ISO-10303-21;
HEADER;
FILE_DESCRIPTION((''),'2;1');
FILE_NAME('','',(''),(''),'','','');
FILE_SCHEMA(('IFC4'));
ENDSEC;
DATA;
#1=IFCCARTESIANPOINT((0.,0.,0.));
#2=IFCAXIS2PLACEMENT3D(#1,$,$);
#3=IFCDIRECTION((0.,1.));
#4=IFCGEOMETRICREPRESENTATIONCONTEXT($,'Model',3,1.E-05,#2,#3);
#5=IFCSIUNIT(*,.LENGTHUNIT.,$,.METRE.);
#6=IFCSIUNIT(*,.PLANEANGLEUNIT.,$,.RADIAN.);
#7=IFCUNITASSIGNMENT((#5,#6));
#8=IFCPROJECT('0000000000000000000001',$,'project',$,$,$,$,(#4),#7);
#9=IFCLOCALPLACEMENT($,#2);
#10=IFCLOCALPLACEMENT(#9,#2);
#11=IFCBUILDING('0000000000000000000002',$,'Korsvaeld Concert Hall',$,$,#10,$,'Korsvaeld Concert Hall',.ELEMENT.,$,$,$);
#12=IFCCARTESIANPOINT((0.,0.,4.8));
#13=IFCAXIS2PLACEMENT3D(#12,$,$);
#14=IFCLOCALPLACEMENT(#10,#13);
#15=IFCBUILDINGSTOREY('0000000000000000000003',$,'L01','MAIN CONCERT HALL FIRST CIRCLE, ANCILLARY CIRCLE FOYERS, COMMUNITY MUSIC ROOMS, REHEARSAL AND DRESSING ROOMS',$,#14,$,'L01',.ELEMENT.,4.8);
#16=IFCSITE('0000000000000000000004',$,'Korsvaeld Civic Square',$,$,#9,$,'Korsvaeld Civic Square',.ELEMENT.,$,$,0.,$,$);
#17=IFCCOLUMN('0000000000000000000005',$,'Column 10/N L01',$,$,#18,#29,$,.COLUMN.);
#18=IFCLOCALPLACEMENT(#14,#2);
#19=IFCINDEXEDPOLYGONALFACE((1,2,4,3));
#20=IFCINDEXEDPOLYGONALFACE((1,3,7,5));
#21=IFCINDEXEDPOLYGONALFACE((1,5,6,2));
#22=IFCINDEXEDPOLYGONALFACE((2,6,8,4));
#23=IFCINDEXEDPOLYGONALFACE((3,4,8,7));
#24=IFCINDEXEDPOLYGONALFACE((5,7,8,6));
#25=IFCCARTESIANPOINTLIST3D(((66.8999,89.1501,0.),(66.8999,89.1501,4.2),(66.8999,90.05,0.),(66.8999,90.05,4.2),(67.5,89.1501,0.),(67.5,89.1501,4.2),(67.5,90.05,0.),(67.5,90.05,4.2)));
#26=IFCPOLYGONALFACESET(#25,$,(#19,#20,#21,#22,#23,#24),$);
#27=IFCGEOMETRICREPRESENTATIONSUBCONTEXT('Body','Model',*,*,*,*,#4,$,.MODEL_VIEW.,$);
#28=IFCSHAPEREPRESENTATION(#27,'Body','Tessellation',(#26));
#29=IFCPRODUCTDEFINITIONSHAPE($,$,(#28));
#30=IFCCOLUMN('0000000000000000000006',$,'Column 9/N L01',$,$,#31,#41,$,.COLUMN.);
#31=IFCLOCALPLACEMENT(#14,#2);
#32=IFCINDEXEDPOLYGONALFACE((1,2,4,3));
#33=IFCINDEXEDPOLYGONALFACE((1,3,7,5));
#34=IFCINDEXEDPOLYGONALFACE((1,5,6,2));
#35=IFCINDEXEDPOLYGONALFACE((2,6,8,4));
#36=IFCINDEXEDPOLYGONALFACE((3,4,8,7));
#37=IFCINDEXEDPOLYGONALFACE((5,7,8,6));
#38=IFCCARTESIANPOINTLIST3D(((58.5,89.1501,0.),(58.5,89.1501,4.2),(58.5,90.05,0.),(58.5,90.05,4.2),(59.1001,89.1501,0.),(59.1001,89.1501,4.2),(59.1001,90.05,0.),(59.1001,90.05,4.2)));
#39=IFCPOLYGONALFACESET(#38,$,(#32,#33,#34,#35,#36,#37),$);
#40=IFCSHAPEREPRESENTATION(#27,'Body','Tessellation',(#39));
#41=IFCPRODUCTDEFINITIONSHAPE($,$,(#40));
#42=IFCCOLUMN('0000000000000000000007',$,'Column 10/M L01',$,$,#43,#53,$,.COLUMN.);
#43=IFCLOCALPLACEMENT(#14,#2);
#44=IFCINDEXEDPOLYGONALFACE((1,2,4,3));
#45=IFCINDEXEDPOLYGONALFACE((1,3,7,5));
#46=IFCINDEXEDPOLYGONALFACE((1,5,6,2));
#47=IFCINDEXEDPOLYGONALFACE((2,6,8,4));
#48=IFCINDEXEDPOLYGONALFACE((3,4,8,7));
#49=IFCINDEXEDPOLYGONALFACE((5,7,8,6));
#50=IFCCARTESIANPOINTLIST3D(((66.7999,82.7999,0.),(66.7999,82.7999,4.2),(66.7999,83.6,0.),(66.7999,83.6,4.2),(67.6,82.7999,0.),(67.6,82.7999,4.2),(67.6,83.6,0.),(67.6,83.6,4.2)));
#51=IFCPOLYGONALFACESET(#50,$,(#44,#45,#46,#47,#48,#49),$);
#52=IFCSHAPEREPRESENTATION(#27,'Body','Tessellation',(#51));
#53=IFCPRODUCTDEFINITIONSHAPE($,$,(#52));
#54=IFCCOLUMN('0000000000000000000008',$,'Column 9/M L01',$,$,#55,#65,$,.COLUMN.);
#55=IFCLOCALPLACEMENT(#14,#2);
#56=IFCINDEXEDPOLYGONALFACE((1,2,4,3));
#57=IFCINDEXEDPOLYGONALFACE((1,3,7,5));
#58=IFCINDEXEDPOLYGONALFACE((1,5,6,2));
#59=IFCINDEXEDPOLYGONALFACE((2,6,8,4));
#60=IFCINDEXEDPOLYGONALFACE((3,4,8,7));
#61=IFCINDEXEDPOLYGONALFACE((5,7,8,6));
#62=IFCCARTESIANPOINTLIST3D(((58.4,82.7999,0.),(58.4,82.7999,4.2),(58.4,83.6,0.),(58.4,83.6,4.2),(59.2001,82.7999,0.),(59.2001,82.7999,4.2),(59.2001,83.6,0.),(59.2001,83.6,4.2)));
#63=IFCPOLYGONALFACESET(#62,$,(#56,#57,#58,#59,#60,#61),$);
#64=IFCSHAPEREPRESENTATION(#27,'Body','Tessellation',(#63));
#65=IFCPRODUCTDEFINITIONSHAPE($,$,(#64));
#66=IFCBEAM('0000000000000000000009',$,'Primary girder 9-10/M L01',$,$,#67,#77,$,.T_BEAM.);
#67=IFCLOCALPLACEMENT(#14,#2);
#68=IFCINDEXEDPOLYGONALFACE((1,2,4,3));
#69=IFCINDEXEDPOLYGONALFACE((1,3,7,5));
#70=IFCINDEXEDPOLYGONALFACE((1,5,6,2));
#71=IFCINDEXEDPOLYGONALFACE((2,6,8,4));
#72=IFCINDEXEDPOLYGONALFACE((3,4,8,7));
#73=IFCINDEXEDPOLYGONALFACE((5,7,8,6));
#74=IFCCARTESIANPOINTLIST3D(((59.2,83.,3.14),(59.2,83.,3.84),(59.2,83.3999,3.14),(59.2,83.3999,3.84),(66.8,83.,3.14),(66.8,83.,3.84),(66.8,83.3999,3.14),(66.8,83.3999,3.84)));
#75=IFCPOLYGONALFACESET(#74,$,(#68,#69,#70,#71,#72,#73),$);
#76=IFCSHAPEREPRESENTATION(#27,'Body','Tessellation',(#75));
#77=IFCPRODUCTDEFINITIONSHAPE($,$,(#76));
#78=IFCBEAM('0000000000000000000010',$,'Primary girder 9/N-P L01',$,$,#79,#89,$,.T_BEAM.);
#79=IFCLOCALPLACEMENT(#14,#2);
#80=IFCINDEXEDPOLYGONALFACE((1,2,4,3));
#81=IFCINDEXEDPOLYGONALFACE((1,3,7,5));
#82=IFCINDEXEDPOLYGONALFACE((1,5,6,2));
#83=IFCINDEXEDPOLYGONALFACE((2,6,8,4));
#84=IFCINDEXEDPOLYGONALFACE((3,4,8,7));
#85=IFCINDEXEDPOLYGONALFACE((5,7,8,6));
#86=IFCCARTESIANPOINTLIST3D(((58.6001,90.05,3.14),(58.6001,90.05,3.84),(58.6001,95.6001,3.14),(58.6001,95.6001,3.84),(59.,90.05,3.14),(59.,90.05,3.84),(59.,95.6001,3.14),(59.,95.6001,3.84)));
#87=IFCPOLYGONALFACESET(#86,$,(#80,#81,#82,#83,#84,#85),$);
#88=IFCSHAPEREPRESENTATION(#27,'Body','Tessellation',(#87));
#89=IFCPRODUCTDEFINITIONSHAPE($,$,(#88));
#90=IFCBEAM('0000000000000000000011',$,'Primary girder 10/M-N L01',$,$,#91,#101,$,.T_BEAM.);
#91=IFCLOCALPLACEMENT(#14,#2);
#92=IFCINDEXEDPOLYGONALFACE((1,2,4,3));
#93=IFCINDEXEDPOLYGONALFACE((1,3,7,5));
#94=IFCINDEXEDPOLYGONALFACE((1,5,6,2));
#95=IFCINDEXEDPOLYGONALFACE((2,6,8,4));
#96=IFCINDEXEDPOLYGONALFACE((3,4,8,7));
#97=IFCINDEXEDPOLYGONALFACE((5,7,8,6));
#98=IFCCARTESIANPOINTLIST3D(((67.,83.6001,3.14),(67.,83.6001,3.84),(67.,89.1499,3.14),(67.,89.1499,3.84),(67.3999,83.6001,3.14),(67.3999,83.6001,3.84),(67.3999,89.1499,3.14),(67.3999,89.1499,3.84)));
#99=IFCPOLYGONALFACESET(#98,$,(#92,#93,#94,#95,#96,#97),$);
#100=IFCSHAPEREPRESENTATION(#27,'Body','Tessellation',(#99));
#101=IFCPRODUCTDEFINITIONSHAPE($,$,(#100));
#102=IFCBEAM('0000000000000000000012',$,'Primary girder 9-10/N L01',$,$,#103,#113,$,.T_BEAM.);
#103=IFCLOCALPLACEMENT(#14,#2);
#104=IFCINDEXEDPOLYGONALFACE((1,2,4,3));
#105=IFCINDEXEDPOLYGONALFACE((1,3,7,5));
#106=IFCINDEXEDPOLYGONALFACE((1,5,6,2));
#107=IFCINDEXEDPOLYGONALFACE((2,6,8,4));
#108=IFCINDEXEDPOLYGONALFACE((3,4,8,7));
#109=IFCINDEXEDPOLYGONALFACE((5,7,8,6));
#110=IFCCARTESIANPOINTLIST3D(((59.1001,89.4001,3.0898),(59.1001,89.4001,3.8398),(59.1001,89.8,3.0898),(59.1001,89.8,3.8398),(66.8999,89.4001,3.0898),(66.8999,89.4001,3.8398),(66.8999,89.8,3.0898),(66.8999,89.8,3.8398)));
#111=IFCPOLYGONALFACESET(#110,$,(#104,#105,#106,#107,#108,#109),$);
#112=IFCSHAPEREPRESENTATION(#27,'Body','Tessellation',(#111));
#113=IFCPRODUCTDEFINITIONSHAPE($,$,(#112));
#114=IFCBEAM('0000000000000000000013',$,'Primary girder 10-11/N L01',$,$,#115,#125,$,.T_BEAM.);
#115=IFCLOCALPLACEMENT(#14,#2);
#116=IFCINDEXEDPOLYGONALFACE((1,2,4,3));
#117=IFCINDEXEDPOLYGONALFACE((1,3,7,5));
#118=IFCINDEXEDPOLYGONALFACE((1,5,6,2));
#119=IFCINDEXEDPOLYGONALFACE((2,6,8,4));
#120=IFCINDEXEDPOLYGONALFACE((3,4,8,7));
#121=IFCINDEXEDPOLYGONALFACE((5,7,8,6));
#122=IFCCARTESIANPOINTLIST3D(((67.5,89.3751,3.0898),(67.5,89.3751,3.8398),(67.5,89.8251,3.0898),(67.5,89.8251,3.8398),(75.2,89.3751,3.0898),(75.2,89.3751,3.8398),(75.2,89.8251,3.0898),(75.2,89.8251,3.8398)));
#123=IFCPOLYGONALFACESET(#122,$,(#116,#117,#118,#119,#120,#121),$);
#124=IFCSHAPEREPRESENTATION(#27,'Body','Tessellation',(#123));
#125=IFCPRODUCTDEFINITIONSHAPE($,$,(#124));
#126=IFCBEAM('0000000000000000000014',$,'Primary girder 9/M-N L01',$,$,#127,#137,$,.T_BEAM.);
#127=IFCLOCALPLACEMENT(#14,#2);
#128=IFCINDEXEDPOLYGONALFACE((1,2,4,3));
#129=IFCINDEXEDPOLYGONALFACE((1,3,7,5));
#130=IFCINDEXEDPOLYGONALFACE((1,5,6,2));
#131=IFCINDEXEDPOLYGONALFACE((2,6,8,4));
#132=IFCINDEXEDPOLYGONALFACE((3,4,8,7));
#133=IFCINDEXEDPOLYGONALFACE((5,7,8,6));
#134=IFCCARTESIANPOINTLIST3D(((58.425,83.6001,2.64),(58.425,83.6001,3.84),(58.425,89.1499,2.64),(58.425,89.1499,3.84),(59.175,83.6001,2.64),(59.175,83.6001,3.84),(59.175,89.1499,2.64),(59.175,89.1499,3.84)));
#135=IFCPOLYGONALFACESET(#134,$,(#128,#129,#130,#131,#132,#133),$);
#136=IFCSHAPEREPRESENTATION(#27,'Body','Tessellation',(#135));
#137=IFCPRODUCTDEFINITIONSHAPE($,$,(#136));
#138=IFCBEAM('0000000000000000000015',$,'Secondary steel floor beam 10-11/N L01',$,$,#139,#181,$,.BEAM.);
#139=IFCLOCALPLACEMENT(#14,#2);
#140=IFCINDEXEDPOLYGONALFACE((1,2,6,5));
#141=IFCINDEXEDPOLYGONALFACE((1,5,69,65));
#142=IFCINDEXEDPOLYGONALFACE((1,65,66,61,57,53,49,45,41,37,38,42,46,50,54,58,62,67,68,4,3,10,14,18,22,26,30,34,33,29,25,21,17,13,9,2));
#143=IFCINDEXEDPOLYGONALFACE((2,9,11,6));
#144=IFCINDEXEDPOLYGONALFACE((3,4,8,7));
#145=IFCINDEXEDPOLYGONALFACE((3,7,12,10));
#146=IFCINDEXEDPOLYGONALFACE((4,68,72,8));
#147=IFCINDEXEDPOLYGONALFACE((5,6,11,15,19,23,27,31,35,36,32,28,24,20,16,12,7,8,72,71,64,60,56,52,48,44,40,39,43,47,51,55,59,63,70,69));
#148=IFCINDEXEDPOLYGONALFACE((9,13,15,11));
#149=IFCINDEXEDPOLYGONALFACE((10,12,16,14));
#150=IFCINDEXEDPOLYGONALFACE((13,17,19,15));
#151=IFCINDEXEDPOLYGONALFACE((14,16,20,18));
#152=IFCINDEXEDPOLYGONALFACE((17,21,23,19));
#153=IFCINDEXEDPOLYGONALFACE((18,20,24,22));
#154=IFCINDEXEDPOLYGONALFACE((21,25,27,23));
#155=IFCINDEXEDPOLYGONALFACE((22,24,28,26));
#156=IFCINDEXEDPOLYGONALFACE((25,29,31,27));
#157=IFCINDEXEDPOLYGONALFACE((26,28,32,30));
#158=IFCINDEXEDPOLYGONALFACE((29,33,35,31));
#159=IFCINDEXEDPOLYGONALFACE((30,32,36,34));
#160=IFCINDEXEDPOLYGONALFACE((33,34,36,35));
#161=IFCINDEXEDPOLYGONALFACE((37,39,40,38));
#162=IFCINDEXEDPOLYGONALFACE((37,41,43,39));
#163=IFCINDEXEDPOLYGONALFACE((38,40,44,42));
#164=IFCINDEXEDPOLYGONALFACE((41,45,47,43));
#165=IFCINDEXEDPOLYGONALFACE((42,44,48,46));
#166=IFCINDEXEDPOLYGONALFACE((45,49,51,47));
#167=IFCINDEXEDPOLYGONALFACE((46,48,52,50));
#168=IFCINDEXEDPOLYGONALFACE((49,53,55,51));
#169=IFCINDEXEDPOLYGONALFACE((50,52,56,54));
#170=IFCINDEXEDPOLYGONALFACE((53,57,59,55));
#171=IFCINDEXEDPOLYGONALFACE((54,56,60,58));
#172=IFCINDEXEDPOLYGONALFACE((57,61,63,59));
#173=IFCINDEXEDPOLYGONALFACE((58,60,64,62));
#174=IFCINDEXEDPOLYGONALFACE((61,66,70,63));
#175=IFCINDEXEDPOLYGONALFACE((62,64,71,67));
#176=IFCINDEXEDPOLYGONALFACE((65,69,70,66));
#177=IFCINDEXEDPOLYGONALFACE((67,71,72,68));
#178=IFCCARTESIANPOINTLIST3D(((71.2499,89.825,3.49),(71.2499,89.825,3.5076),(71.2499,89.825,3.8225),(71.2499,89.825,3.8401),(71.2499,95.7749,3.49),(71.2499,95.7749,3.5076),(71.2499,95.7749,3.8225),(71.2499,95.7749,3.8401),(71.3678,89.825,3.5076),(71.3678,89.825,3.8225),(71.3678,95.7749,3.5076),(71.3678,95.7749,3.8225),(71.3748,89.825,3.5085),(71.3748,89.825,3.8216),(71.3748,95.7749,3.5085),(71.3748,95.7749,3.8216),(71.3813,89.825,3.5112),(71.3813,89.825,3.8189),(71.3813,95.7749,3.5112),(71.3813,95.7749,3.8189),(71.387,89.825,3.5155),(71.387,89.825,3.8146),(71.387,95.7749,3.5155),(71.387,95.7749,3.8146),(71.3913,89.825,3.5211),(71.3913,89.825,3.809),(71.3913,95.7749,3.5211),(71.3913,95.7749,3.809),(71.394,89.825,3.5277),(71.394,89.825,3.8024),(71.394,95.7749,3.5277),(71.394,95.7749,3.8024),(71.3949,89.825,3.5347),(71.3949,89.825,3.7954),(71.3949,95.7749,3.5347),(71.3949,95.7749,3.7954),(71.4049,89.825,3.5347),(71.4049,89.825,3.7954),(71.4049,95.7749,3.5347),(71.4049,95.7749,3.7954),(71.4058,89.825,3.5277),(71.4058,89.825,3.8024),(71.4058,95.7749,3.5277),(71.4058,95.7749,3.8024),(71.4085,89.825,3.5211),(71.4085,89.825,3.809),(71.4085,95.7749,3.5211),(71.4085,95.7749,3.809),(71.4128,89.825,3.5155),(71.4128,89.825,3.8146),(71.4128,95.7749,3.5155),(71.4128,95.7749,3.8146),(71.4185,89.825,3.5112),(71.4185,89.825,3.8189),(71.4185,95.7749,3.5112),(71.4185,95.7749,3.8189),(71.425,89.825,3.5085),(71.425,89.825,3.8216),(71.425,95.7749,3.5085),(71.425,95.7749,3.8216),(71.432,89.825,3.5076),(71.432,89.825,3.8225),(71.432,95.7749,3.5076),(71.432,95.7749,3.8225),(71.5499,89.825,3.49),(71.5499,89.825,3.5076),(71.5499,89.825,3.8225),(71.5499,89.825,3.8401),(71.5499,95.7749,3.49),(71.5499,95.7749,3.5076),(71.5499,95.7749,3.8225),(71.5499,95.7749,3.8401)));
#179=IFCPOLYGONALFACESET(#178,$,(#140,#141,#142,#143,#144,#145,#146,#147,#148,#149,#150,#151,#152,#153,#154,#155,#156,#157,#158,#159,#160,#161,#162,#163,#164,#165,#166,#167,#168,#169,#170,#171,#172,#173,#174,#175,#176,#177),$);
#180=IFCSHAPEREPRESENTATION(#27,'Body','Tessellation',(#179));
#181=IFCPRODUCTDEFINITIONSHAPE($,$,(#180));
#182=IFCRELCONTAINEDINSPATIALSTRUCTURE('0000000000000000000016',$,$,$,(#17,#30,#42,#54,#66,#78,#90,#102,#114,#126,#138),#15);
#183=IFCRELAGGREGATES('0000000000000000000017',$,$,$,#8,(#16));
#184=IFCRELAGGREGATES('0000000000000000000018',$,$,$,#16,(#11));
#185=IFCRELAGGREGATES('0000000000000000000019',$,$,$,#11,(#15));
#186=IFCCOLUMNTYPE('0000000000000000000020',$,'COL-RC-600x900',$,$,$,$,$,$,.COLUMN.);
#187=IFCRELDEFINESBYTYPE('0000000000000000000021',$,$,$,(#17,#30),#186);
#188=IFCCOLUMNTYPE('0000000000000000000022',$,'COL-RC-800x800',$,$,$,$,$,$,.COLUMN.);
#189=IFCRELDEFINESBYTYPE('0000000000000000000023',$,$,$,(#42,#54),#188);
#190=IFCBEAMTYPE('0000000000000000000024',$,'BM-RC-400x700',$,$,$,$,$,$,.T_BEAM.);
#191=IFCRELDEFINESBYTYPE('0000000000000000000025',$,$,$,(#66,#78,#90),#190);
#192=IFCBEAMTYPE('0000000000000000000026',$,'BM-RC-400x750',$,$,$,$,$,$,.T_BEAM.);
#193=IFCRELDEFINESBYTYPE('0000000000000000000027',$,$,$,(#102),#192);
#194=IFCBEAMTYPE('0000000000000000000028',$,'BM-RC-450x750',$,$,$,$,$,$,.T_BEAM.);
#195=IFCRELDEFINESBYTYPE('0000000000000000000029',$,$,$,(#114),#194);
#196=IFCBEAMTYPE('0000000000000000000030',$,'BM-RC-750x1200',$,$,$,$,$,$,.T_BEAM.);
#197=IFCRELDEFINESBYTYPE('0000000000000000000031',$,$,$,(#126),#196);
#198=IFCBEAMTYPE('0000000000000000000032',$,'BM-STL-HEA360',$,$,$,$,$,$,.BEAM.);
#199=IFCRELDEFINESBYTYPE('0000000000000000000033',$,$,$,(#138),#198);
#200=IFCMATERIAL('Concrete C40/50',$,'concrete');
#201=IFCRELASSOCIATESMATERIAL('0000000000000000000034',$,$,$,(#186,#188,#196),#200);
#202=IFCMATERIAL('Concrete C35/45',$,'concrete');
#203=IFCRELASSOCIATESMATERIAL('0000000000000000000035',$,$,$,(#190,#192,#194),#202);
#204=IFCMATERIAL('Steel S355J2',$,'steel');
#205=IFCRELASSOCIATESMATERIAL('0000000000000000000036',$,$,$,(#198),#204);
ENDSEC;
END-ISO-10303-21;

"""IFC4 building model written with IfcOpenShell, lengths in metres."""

from ifc_helpers import new_model, si_unit, direction, frame, origin, origin_2d, place, context, subcontext, project, spatial, rectangle, i_section, extrude, material, material_profile, profile_set, type_object, element, save


model = new_model("IFC4")

# Units and contexts
model_context = context("Model", 3, precision=1e-05, world=origin(), true_north=direction((0.0, 1.0)))
body_context = subcontext(model_context, "Body", "Model", "MODEL_VIEW")
ifc_project = project(units=[si_unit("LENGTHUNIT", "METRE"), si_unit("PLANEANGLEUNIT", "RADIAN")], contexts=[model_context])

# Site, building, storey
site_placement = place(None, origin())
site = spatial("IfcSite", under=ifc_project, at=site_placement, Name="Korsvaeld Civic Square", LongName="Korsvaeld Civic Square", CompositionType="ELEMENT", RefElevation=0.0)
building_placement = place(site_placement, origin())
building = spatial("IfcBuilding", under=site, at=building_placement, Name="Korsvaeld Concert Hall", LongName="Korsvaeld Concert Hall", CompositionType="ELEMENT")
storey_placement = place(building_placement, frame((0.0, 0.0, 4.8)))
storey = spatial("IfcBuildingStorey", under=building, at=storey_placement, Name="L01", Description="MAIN CONCERT HALL FIRST CIRCLE, ANCILLARY CIRCLE FOYERS, COMMUNITY MUSIC ROOMS, REHEARSAL AND DRESSING ROOMS", LongName="L01", CompositionType="ELEMENT", Elevation=4.8)

# Columns
ifc_material_1 = material(Name="Concrete C40/50", Category="concrete")
ifc_material_profile_1 = material_profile(ifc_material_1, rectangle(XDim=0.6001, YDim=0.8999, at=origin_2d()), Name="RC 600x900")
ifc_profile_set_1 = profile_set([ifc_material_profile_1], Name="Concrete C40/50")
column_type_1 = type_object("IfcColumnType", Name="COL-RC-600x900", PredefinedType="COLUMN", material=ifc_profile_set_1)
for number, where, z_axis, x_axis, name in (
    (1, (67.2, 89.6001, 0.0), (0.0, 0.0, 1.0), (1.0, 0.0, 0.0), "Column 10/N L01"),
    (2, (58.8, 89.6001, 0.0), (0.0, 0.0, 1.0), (1.0, 0.0, 0.0), "Column 9/N L01"),
):
    element("IfcColumn", number, at=place(storey_placement, frame(where, z_axis=z_axis, x_axis=x_axis)), inside=storey, type_object=column_type_1, Name=name, PredefinedType="COLUMN", context=body_context, shape_type="SweptSolid", body=[
        extrude(rectangle(XDim=0.6001, YDim=0.8999, at=origin_2d()), origin(), (0.0, 0.0, 1.0), 4.2),
    ])
ifc_material_profile_2 = material_profile(ifc_material_1, rectangle(XDim=0.8, YDim=0.8, at=origin_2d()), Name="RC 800x800")
ifc_profile_set_2 = profile_set([ifc_material_profile_2], Name="Concrete C40/50")
column_type_2 = type_object("IfcColumnType", Name="COL-RC-800x800", PredefinedType="COLUMN", material=ifc_profile_set_2)
for number, where, z_axis, x_axis, name in (
    (3, (67.2, 83.2, 0.0), (0.0, 0.0, 1.0), (1.0, 0.0, 0.0), "Column 10/M L01"),
    (4, (58.8, 83.2, 0.0), (0.0, 0.0, 1.0), (1.0, 0.0, 0.0), "Column 9/M L01"),
):
    element("IfcColumn", number, at=place(storey_placement, frame(where, z_axis=z_axis, x_axis=x_axis)), inside=storey, type_object=column_type_2, Name=name, PredefinedType="COLUMN", context=body_context, shape_type="SweptSolid", body=[
        extrude(rectangle(XDim=0.8, YDim=0.8, at=origin_2d()), origin(), (0.0, 0.0, 1.0), 4.2),
    ])

# Beams
ifc_material_2 = material(Name="Concrete C35/45", Category="concrete")
ifc_material_profile_3 = material_profile(ifc_material_2, rectangle(XDim=0.3999, YDim=0.7, at=origin_2d()), Name="RC 400x700")
ifc_profile_set_3 = profile_set([ifc_material_profile_3], Name="Concrete C35/45")
beam_type_1 = type_object("IfcBeamType", Name="BM-RC-400x700", PredefinedType="T_BEAM", material=ifc_profile_set_3)
beam_1_placement = place(storey_placement, frame((59.2, 83.2, 3.49), z_axis=(1.0, 0.0, 0.0), x_axis=(0.0, 1.0, 0.0)))
element("IfcBeam", 5, at=beam_1_placement, inside=storey, type_object=beam_type_1, Name="Primary girder 9-10/M L01", PredefinedType="T_BEAM", context=body_context, shape_type="SweptSolid", body=[
    extrude(rectangle(XDim=0.3999, YDim=0.7, at=origin_2d()), origin(), (0.0, 0.0, 1.0), 7.6001),
])
beam_2_placement = place(storey_placement, frame((58.8, 90.05, 3.49), z_axis=(0.0, 1.0, 0.0), x_axis=(-1.0, 0.0, 0.0)))
element("IfcBeam", 6, at=beam_2_placement, inside=storey, type_object=beam_type_1, Name="Primary girder 9/N-P L01", PredefinedType="T_BEAM", context=body_context, shape_type="SweptSolid", body=[
    extrude(rectangle(XDim=0.3999, YDim=0.7, at=origin_2d()), origin(), (0.0, 0.0, 1.0), 5.55),
])
beam_3_placement = place(storey_placement, frame((67.2, 83.6001, 3.49), z_axis=(0.0, 1.0, 0.0), x_axis=(-1.0, 0.0, 0.0)))
element("IfcBeam", 7, at=beam_3_placement, inside=storey, type_object=beam_type_1, Name="Primary girder 10/M-N L01", PredefinedType="T_BEAM", context=body_context, shape_type="SweptSolid", body=[
    extrude(rectangle(XDim=0.3999, YDim=0.7, at=origin_2d()), origin(), (0.0, 0.0, 1.0), 5.5498),
])
ifc_material_profile_4 = material_profile(ifc_material_2, rectangle(XDim=0.3999, YDim=0.75, at=origin_2d()), Name="RC 400x750")
ifc_profile_set_4 = profile_set([ifc_material_profile_4], Name="Concrete C35/45")
beam_type_2 = type_object("IfcBeamType", Name="BM-RC-400x750", PredefinedType="T_BEAM", material=ifc_profile_set_4)
beam_4_placement = place(storey_placement, frame((59.1001, 89.6001, 3.4648), z_axis=(1.0, 0.0, 0.0), x_axis=(0.0, 1.0, 0.0)))
element("IfcBeam", 8, at=beam_4_placement, inside=storey, type_object=beam_type_2, Name="Primary girder 9-10/N L01", PredefinedType="T_BEAM", context=body_context, shape_type="SweptSolid", body=[
    extrude(rectangle(XDim=0.3999, YDim=0.75, at=origin_2d()), origin(), (0.0, 0.0, 1.0), 7.7998),
])
ifc_material_profile_5 = material_profile(ifc_material_2, rectangle(XDim=0.45, YDim=0.75, at=origin_2d()), Name="RC 450x750")
ifc_profile_set_5 = profile_set([ifc_material_profile_5], Name="Concrete C35/45")
beam_type_3 = type_object("IfcBeamType", Name="BM-RC-450x750", PredefinedType="T_BEAM", material=ifc_profile_set_5)
beam_5_placement = place(storey_placement, frame((67.5, 89.6001, 3.4648), z_axis=(1.0, 0.0, 0.0), x_axis=(0.0, 1.0, 0.0)))
element("IfcBeam", 9, at=beam_5_placement, inside=storey, type_object=beam_type_3, Name="Primary girder 10-11/N L01", PredefinedType="T_BEAM", context=body_context, shape_type="SweptSolid", body=[
    extrude(rectangle(XDim=0.45, YDim=0.75, at=origin_2d()), origin(), (0.0, 0.0, 1.0), 7.7),
])
ifc_material_profile_6 = material_profile(ifc_material_1, rectangle(XDim=0.75, YDim=1.2, at=origin_2d()), Name="RC 750x1200")
ifc_profile_set_6 = profile_set([ifc_material_profile_6], Name="Concrete C40/50")
beam_type_4 = type_object("IfcBeamType", Name="BM-RC-750x1200", PredefinedType="T_BEAM", material=ifc_profile_set_6)
beam_6_placement = place(storey_placement, frame((58.8, 83.6001, 3.24), z_axis=(0.0, 1.0, 0.0), x_axis=(-1.0, 0.0, 0.0)))
element("IfcBeam", 10, at=beam_6_placement, inside=storey, type_object=beam_type_4, Name="Primary girder 9/M-N L01", PredefinedType="T_BEAM", context=body_context, shape_type="SweptSolid", body=[
    extrude(rectangle(XDim=0.75, YDim=1.2, at=origin_2d()), origin(), (0.0, 0.0, 1.0), 5.5498),
])
ifc_material_3 = material(Name="Steel S355J2", Category="steel")
ifc_material_profile_7 = material_profile(ifc_material_3, i_section(OverallWidth=0.3, OverallDepth=0.3501, WebThickness=0.01, FlangeThickness=0.0176, FilletRadius=0.0271, at=origin_2d()), Name="HEA 360")
ifc_profile_set_7 = profile_set([ifc_material_profile_7], Name="Steel S355J2")
beam_type_5 = type_object("IfcBeamType", Name="BM-STL-HEA360", PredefinedType="BEAM", material=ifc_profile_set_7)
beam_7_placement = place(storey_placement, frame((71.3999, 89.825, 3.665), z_axis=(0.0, 1.0, 0.0), x_axis=(-1.0, 0.0, 0.0)))
element("IfcBeam", 11, at=beam_7_placement, inside=storey, type_object=beam_type_5, Name="Secondary steel floor beam 10-11/N L01", PredefinedType="BEAM", context=body_context, shape_type="SweptSolid", body=[
    extrude(i_section(OverallWidth=0.3, OverallDepth=0.3501, WebThickness=0.01, FlangeThickness=0.0176, FilletRadius=0.0271, at=origin_2d()), origin(), (0.0, 0.0, 1.0), 5.95),
])

save(model, "model.ifc")
